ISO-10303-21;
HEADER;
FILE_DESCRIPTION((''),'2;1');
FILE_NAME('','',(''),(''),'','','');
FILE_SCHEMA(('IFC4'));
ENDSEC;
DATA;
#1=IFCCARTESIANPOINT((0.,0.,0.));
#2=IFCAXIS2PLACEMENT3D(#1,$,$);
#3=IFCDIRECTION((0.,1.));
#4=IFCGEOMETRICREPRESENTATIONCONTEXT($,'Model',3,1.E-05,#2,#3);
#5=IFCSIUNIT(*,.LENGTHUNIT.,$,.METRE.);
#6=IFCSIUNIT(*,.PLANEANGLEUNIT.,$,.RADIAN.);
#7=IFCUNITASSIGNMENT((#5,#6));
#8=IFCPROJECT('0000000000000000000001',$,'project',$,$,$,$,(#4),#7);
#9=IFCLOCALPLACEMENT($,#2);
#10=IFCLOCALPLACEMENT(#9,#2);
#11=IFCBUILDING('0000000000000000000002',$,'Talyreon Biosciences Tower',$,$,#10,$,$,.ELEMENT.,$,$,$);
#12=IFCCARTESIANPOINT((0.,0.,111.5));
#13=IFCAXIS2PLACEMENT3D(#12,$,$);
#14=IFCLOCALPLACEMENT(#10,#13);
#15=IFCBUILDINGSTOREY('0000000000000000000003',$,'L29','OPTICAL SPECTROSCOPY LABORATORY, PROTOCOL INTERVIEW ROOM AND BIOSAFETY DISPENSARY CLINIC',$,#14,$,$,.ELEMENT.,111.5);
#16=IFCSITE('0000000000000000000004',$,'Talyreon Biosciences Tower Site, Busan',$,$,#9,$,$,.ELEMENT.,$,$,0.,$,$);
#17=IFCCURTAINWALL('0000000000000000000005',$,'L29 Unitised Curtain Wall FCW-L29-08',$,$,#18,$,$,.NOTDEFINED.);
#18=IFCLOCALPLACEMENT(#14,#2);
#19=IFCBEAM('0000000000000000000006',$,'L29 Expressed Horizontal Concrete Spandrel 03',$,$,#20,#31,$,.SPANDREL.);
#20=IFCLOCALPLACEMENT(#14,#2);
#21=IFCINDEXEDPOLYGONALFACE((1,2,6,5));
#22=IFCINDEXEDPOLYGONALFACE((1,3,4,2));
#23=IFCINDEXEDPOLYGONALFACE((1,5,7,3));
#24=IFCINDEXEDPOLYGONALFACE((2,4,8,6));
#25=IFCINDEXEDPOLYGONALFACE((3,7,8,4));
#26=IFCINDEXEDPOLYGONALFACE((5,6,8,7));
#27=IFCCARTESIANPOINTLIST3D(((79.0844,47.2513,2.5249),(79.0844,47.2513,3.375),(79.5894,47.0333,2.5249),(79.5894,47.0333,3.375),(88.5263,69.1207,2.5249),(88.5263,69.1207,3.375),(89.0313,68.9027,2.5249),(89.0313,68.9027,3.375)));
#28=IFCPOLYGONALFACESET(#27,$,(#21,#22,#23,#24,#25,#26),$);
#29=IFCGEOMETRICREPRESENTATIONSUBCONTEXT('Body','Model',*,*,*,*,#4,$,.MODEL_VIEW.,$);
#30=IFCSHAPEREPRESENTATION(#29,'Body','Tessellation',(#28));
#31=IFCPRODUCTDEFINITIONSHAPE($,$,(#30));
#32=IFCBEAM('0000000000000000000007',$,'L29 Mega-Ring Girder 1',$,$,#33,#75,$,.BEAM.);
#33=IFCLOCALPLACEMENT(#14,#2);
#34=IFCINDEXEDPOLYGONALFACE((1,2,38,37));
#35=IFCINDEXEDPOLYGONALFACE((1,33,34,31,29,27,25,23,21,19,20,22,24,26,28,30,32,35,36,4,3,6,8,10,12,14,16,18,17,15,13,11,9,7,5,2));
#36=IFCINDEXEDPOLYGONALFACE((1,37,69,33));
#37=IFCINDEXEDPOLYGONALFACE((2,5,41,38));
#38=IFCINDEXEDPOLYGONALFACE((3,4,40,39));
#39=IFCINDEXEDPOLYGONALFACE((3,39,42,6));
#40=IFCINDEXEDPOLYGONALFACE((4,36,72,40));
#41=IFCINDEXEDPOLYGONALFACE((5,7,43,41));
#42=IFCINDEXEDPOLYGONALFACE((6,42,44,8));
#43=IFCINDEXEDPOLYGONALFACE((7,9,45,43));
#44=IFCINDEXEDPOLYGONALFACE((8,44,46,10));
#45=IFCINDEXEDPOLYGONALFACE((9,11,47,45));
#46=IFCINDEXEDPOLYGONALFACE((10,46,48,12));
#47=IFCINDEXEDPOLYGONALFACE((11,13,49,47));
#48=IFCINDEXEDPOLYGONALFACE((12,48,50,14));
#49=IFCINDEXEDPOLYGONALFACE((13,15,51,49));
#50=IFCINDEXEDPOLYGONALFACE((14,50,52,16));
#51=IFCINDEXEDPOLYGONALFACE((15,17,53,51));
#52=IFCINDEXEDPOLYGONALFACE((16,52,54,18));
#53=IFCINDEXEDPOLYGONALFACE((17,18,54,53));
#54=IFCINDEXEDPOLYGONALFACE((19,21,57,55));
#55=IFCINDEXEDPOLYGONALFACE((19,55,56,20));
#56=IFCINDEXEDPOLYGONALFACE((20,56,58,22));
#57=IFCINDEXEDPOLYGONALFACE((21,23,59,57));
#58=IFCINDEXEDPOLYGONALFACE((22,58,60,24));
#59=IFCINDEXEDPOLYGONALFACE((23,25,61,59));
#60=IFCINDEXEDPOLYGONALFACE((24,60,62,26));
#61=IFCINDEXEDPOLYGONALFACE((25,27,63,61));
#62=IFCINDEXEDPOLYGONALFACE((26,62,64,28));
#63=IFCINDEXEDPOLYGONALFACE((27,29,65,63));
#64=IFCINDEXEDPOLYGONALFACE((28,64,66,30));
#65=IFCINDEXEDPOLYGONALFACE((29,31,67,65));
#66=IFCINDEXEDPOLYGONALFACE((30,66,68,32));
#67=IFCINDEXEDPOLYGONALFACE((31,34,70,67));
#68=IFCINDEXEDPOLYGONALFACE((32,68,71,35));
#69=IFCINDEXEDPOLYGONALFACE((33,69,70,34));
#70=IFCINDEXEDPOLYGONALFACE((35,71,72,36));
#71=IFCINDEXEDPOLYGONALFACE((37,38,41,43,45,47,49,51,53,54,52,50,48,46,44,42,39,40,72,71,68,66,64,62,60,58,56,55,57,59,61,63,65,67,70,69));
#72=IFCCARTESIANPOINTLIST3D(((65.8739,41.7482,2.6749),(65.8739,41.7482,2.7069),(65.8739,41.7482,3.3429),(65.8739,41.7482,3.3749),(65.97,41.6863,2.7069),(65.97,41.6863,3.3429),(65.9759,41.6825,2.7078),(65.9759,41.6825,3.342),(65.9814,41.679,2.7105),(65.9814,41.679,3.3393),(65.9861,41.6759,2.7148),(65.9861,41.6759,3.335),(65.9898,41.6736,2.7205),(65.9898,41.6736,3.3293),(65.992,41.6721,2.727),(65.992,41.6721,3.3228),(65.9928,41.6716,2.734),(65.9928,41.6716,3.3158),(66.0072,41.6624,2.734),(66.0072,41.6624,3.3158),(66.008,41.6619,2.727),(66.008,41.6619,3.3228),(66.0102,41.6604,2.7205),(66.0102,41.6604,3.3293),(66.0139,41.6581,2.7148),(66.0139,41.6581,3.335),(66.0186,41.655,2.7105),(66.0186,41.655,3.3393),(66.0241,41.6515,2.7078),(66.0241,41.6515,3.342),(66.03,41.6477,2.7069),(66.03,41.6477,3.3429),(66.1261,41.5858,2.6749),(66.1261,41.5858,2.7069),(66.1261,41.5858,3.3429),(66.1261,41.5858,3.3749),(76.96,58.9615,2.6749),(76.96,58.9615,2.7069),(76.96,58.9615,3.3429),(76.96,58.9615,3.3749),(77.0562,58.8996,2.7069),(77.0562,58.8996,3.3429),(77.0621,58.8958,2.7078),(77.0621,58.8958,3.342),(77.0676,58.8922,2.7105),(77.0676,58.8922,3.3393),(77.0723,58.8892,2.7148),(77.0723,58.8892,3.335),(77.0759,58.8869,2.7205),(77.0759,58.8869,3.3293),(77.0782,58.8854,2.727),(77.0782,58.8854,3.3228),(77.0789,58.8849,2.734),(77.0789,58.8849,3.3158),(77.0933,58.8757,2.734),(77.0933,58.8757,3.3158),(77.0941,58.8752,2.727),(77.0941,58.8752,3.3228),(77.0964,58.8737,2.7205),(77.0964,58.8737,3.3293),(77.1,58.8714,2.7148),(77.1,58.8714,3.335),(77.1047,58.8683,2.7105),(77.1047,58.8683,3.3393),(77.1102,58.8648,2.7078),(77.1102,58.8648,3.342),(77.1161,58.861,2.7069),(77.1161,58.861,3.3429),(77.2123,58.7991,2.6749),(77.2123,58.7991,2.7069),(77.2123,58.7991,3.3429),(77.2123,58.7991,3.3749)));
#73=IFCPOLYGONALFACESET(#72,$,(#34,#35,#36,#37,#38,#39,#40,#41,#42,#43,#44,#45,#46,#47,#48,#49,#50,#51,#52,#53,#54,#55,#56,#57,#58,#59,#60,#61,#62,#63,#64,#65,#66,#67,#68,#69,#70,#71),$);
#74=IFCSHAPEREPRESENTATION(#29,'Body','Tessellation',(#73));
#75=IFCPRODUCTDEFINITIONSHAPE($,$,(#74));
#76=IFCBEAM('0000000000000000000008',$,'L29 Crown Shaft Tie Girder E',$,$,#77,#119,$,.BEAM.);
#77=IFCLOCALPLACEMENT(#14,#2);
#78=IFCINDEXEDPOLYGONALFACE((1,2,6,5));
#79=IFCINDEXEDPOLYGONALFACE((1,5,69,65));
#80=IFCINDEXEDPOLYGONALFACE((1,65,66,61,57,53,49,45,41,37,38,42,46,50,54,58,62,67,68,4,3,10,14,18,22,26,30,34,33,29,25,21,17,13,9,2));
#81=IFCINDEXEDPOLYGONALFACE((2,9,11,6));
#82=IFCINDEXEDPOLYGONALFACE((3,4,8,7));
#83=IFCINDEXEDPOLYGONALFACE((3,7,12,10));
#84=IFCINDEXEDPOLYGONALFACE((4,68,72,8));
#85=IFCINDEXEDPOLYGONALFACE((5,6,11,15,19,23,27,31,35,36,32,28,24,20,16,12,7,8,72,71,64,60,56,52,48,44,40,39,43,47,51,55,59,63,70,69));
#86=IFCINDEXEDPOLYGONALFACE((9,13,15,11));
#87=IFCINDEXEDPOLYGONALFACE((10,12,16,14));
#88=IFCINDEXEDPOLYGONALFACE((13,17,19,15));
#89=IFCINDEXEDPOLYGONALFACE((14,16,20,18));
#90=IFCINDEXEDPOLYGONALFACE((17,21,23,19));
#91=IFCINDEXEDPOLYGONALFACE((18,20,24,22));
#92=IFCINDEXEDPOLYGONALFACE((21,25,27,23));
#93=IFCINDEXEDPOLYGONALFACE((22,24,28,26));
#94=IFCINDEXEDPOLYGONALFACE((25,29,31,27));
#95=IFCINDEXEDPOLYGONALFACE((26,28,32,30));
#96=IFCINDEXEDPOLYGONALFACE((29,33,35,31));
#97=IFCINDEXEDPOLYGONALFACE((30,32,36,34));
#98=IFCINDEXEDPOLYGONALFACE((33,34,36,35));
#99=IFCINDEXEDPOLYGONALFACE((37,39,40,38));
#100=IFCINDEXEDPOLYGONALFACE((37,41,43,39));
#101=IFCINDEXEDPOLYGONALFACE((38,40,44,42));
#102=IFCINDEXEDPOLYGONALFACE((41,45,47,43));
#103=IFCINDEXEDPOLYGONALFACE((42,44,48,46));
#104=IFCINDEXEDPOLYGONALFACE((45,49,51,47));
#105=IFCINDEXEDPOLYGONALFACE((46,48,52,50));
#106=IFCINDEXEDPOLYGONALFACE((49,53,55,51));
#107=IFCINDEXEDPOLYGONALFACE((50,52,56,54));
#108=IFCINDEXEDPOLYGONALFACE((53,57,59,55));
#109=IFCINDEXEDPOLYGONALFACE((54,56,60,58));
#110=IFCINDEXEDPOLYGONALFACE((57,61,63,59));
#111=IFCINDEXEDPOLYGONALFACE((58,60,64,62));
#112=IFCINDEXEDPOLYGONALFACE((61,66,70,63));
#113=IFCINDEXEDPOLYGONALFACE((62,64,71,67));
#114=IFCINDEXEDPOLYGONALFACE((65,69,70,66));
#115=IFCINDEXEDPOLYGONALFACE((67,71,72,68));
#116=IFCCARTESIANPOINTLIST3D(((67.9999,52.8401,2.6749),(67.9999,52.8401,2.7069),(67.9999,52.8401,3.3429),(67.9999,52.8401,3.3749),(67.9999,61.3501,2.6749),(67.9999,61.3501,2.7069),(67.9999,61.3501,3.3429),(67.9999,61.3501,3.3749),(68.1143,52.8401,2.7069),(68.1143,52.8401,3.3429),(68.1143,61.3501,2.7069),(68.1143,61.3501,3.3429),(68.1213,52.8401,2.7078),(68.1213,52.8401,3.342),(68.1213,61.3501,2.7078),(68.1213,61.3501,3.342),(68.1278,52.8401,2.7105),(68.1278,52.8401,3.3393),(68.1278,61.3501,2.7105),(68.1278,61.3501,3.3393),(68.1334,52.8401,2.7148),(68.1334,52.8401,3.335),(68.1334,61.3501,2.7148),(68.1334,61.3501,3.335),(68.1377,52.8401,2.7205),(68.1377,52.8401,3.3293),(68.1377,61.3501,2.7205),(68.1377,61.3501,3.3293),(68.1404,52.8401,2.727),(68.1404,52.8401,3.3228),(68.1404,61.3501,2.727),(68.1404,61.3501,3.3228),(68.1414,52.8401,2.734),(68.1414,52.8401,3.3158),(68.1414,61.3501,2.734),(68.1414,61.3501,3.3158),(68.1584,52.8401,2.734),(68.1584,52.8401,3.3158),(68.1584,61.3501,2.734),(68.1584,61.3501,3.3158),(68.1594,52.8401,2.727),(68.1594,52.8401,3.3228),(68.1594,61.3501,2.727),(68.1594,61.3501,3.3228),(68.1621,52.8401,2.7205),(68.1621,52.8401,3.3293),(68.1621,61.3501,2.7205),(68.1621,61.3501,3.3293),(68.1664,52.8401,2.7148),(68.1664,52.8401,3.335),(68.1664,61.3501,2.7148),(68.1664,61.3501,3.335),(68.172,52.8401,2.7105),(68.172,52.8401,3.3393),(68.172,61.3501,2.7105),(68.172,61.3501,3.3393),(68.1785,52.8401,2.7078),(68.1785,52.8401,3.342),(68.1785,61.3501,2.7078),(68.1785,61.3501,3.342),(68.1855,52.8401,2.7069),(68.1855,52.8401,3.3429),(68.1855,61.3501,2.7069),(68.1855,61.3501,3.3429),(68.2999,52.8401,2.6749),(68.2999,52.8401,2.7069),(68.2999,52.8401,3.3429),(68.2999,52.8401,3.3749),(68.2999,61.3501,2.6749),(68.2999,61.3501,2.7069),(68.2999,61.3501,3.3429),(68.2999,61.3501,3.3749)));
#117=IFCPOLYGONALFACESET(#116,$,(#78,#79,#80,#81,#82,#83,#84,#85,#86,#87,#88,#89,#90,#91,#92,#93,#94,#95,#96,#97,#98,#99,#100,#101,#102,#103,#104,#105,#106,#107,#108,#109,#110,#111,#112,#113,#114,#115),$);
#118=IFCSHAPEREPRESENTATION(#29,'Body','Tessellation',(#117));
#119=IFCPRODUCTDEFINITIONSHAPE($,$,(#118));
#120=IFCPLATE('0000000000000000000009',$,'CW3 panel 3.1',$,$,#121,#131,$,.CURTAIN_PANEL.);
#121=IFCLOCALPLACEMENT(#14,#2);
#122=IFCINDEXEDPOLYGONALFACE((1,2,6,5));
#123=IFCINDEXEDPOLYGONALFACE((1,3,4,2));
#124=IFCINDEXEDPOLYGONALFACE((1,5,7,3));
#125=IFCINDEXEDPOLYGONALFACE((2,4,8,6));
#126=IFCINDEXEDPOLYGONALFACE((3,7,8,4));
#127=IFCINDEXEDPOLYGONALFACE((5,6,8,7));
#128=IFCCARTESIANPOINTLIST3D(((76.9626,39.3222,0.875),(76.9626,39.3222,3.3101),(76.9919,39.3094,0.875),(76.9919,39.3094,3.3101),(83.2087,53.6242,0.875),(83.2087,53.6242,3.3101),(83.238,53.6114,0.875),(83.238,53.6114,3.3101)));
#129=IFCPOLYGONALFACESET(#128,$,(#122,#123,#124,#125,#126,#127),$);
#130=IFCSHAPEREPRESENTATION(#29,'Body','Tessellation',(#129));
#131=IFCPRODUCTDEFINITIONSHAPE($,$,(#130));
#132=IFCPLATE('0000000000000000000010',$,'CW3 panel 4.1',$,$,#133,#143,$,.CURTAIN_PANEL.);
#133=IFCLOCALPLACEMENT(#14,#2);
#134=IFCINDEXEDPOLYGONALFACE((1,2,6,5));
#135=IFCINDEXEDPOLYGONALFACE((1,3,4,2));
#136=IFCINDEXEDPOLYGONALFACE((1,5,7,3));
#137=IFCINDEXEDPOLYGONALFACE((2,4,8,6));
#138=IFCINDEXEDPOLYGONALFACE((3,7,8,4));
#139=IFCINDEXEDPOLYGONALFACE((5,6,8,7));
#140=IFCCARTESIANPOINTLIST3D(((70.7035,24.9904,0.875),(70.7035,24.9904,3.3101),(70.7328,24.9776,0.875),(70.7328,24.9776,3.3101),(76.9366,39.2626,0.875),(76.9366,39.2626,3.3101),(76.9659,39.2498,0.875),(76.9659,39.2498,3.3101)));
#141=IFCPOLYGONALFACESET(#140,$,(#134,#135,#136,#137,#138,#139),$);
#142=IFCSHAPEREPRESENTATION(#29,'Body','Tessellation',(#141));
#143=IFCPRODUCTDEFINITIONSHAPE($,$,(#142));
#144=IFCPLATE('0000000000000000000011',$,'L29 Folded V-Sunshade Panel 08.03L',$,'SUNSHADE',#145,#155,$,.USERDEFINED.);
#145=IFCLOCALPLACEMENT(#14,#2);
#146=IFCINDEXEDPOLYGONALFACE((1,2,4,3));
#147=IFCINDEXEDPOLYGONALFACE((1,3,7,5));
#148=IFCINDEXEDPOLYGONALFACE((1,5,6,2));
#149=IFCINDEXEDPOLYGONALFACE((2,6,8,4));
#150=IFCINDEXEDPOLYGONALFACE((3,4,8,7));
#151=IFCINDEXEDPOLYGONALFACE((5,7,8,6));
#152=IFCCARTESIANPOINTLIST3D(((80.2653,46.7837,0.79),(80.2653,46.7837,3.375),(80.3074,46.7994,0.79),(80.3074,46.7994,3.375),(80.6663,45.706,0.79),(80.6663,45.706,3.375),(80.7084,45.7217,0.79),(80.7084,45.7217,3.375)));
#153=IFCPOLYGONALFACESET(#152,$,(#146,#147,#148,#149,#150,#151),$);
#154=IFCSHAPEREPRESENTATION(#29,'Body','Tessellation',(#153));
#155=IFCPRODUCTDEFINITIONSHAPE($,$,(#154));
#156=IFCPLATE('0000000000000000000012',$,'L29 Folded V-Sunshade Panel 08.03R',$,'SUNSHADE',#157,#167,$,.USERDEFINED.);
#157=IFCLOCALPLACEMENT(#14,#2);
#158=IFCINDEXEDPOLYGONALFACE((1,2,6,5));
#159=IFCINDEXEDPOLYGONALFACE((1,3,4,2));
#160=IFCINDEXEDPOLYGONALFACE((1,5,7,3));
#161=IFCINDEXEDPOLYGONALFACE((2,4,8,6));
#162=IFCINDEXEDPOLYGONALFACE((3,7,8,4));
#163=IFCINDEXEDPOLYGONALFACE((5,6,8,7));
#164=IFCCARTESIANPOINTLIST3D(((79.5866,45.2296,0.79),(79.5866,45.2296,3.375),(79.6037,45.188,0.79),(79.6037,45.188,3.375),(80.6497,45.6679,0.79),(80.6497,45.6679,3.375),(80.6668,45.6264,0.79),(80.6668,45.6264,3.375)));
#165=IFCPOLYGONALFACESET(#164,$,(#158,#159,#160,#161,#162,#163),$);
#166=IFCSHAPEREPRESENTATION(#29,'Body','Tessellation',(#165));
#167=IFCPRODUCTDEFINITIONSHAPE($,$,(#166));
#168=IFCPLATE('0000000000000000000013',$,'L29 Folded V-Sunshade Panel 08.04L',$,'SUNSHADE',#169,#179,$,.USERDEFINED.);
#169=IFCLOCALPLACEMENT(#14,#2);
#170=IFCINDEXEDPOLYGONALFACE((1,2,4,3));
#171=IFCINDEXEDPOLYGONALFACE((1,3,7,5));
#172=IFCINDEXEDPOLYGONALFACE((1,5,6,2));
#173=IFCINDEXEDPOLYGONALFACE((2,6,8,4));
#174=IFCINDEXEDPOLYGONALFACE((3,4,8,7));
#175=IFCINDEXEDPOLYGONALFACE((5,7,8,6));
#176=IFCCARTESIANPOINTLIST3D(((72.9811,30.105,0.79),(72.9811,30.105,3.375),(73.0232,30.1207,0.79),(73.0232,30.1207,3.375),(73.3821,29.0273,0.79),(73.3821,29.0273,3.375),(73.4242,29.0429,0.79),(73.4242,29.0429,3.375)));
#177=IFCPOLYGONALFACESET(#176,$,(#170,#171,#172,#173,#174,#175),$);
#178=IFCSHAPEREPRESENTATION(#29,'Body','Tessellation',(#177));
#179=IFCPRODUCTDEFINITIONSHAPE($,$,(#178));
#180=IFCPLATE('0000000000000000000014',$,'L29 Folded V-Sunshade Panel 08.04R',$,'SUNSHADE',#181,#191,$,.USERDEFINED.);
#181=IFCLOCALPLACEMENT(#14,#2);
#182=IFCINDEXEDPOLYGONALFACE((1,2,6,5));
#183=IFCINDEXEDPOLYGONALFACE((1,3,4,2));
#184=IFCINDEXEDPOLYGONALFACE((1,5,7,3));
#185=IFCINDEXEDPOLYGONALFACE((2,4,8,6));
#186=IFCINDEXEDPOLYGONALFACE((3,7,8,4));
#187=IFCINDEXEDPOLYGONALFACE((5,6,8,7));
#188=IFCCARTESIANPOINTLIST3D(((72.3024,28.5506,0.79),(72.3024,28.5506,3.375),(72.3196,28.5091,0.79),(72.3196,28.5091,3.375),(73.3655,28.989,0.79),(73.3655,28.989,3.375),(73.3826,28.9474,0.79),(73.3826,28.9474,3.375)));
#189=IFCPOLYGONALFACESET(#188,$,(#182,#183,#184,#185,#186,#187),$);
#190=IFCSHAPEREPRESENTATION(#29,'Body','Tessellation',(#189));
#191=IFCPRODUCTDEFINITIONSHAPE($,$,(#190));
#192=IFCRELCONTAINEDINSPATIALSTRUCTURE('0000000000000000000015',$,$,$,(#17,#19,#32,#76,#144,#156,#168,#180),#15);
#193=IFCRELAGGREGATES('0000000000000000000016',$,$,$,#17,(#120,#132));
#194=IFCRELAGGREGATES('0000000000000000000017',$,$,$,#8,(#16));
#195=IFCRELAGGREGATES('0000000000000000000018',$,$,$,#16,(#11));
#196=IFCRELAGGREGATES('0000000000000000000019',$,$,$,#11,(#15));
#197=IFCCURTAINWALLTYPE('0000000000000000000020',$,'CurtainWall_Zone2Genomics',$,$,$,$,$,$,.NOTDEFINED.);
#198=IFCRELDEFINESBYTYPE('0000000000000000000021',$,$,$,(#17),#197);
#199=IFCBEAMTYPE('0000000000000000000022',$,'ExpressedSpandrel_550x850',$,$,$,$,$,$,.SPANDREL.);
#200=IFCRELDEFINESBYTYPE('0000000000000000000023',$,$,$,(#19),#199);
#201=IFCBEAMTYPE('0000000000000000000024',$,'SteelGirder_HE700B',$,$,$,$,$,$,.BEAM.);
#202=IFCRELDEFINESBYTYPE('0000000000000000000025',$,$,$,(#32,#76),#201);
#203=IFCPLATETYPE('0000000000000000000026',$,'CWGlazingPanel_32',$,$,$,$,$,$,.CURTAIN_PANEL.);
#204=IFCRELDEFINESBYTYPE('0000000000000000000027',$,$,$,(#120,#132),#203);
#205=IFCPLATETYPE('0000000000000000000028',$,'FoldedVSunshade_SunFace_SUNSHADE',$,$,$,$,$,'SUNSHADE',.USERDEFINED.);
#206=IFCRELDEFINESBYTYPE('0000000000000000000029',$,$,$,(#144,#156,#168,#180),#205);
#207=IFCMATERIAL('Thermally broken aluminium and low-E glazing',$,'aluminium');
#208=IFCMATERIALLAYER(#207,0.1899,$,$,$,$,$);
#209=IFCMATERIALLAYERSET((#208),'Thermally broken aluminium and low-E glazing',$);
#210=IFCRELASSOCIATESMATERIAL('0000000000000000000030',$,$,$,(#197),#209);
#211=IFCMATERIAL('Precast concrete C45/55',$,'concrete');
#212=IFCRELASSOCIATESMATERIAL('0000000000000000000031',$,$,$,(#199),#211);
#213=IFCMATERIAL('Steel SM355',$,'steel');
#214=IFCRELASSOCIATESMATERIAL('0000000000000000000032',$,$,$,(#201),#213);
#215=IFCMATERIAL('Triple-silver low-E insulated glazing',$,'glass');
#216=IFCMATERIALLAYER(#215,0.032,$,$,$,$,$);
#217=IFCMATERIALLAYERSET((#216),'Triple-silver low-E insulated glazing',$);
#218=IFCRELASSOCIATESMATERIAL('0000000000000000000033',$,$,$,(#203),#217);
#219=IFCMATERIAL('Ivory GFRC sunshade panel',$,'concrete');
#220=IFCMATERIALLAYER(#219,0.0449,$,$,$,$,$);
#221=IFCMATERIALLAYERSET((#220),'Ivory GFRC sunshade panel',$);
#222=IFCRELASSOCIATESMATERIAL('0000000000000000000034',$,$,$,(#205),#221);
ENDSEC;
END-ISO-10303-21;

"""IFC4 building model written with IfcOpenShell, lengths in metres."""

from ifc_helpers import new_model, si_unit, direction, frame, origin, origin_2d, place, context, subcontext, project, spatial, rectangle, i_section, extrude, material, layer, layer_set, material_profile, profile_set, type_object, element, aggregate, save


model = new_model("IFC4")

# Units and contexts
model_context = context("Model", 3, precision=1e-05, world=origin(), true_north=direction((0.0, 1.0)))
body_context = subcontext(model_context, "Body", "Model", "MODEL_VIEW")
ifc_project = project(units=[si_unit("LENGTHUNIT", "METRE"), si_unit("PLANEANGLEUNIT", "RADIAN")], contexts=[model_context])

# Site, building, storey
site_placement = place(None, origin())
site = spatial("IfcSite", under=ifc_project, at=site_placement, Name="Talyreon Biosciences Tower Site, Busan", CompositionType="ELEMENT", RefElevation=0.0)
building_placement = place(site_placement, origin())
building = spatial("IfcBuilding", under=site, at=building_placement, Name="Talyreon Biosciences Tower", CompositionType="ELEMENT")
storey_placement = place(building_placement, frame((0.0, 0.0, 111.5)))
storey = spatial("IfcBuildingStorey", under=building, at=storey_placement, Name="L29", Description="OPTICAL SPECTROSCOPY LABORATORY, PROTOCOL INTERVIEW ROOM AND BIOSAFETY DISPENSARY CLINIC", CompositionType="ELEMENT", Elevation=111.5)

# Shared definitions
ifc_material_1 = material(Name="Precast concrete C45/55", Category="concrete")

# Curtain wall
ifc_material_2 = material(Name="Thermally broken aluminium and low-E glazing", Category="aluminium")
ifc_layer_1 = layer(ifc_material_2, 0.1899)
ifc_layer_set_1 = layer_set([ifc_layer_1], Name="Thermally broken aluminium and low-E glazing")
curtain_wall_type = type_object("IfcCurtainWallType", Name="CurtainWall_Zone2Genomics", PredefinedType="NOTDEFINED", material=ifc_layer_set_1)
curtain_wall_placement = place(storey_placement, origin())
curtain_wall = element("IfcCurtainWall", 1, at=curtain_wall_placement, inside=storey, type_object=curtain_wall_type, Name="L29 Unitised Curtain Wall FCW-L29-08", PredefinedType="NOTDEFINED")

# Beams
ifc_material_profile_1 = material_profile(ifc_material_1, rectangle(XDim=0.55, YDim=0.8501, at=origin_2d()), Name="RCB 550x850")
ifc_profile_set_1 = profile_set([ifc_material_profile_1], Name="Precast concrete C45/55")
beam_type_1 = type_object("IfcBeamType", Name="ExpressedSpandrel_550x850", PredefinedType="SPANDREL", material=ifc_profile_set_1)
beam_1_placement = place(storey_placement, frame((79.3369, 47.1423, 2.95), z_axis=(0.396376, 0.918088, 0.0), x_axis=(-0.918088, 0.396376, 0.0)))
element("IfcBeam", 2, at=beam_1_placement, inside=storey, type_object=beam_type_1, Name="L29 Expressed Horizontal Concrete Spandrel 03", PredefinedType="SPANDREL", context=body_context, shape_type="SweptSolid", body=[
    extrude(rectangle(XDim=0.55, YDim=0.8501, at=origin_2d()), origin(), (0.0, 0.0, 1.0), 23.8206),
])
ifc_material_3 = material(Name="Steel SM355", Category="steel")
ifc_material_profile_2 = material_profile(ifc_material_3, i_section(OverallWidth=0.3, OverallDepth=0.7, WebThickness=0.0171, FlangeThickness=0.032, FilletRadius=0.0271, at=origin_2d()), Name="HE700B")
ifc_profile_set_2 = profile_set([ifc_material_profile_2], Name="Steel SM355")
beam_type_2 = type_object("IfcBeamType", Name="SteelGirder_HE700B", PredefinedType="BEAM", material=ifc_profile_set_2)
beam_2_placement = place(storey_placement, frame((66.0, 41.667, 3.0249), z_axis=(0.541464, 0.840724, 0.0), x_axis=(-0.840724, 0.541464, 0.0)))
element("IfcBeam", 3, at=beam_2_placement, inside=storey, type_object=beam_type_2, Name="L29 Mega-Ring Girder 1", PredefinedType="BEAM", context=body_context, shape_type="SweptSolid", body=[
    extrude(i_section(OverallWidth=0.3, OverallDepth=0.7, WebThickness=0.0171, FlangeThickness=0.032, FilletRadius=0.0271, at=origin_2d()), origin(), (0.0, 0.0, 1.0), 20.4744),
])
beam_3_placement = place(storey_placement, frame((68.1499, 52.8401, 3.0249), z_axis=(0.0, 1.0, 0.0), x_axis=(-1.0, 0.0, 0.0)))
element("IfcBeam", 4, at=beam_3_placement, inside=storey, type_object=beam_type_2, Name="L29 Crown Shaft Tie Girder E", PredefinedType="BEAM", context=body_context, shape_type="SweptSolid", body=[
    extrude(i_section(OverallWidth=0.3, OverallDepth=0.7, WebThickness=0.0171, FlangeThickness=0.032, FilletRadius=0.0271, at=origin_2d()), origin(), (0.0, 0.0, 1.0), 8.51),
])

# Plates
ifc_material_4 = material(Name="Triple-silver low-E insulated glazing", Category="glass")
ifc_layer_2 = layer(ifc_material_4, 0.032)
ifc_layer_set_2 = layer_set([ifc_layer_2], Name="Triple-silver low-E insulated glazing")
plate_type_1 = type_object("IfcPlateType", Name="CWGlazingPanel_32", PredefinedType="CURTAIN_PANEL", material=ifc_layer_set_2)
plate_1_placement = place(storey_placement, frame((80.1003, 46.4668, 0.875), z_axis=(0.0, 0.0, 1.0), x_axis=(-0.400226, -0.916416, 0.0)))
plate_1 = element("IfcPlate", 5, at=plate_1_placement, type_object=plate_type_1, Name="CW3 panel 3.1", PredefinedType="CURTAIN_PANEL", context=body_context, shape_type="SweptSolid", body=[
    extrude(rectangle(XDim=15.6064, YDim=0.032, at=origin_2d()), origin(), (0.0, 0.0, 1.0), 2.4351),
])
plate_2_placement = place(storey_placement, frame((73.8347, 32.1201, 0.875), z_axis=(0.0, 0.0, 1.0), x_axis=(-0.400226, -0.916416, 0.0)))
plate_2 = element("IfcPlate", 6, at=plate_2_placement, type_object=plate_type_1, Name="CW3 panel 4.1", PredefinedType="CURTAIN_PANEL", context=body_context, shape_type="SweptSolid", body=[
    extrude(rectangle(XDim=15.574, YDim=0.032, at=origin_2d()), origin(), (0.0, 0.0, 1.0), 2.4351),
])
aggregate(curtain_wall, [plate_1, plate_2])

# Plates
ifc_material_5 = material(Name="Ivory GFRC sunshade panel", Category="concrete")
ifc_layer_3 = layer(ifc_material_5, 0.0449)
ifc_layer_set_3 = layer_set([ifc_layer_3], Name="Ivory GFRC sunshade panel")
plate_type_2 = type_object("IfcPlateType", Name="FoldedVSunshade_SunFace_SUNSHADE", ElementType="SUNSHADE", PredefinedType="USERDEFINED", material=ifc_layer_set_3)
for number, where, z_axis, x_axis, name in (
    (7, (80.4868, 46.2527, 0.79), (0.0, 0.0, 1.0), (0.348703, -0.937233, 0.0), "L29 Folded V-Sunshade Panel 08.03L"),
    (8, (80.1267, 45.428, 0.79), (0.0, 0.0, 1.0), (-0.924493, -0.381199, 0.0), "L29 Folded V-Sunshade Panel 08.03R"),
    (9, (73.2026, 29.574, 0.79), (0.0, 0.0, 1.0), (0.348703, -0.937233, 0.0), "L29 Folded V-Sunshade Panel 08.04L"),
    (10, (72.8425, 28.749, 0.79), (0.0, 0.0, 1.0), (-0.924493, -0.381199, 0.0), "L29 Folded V-Sunshade Panel 08.04R"),
):
    element("IfcPlate", number, at=place(storey_placement, frame(where, z_axis=z_axis, x_axis=x_axis)), inside=storey, type_object=plate_type_2, Name=name, ObjectType="SUNSHADE", PredefinedType="USERDEFINED", context=body_context, shape_type="SweptSolid", body=[
        extrude(rectangle(XDim=1.1499, YDim=0.0449, at=origin_2d()), origin(), (0.0, 0.0, 1.0), 2.585),
    ])

save(model, "model.ifc")
